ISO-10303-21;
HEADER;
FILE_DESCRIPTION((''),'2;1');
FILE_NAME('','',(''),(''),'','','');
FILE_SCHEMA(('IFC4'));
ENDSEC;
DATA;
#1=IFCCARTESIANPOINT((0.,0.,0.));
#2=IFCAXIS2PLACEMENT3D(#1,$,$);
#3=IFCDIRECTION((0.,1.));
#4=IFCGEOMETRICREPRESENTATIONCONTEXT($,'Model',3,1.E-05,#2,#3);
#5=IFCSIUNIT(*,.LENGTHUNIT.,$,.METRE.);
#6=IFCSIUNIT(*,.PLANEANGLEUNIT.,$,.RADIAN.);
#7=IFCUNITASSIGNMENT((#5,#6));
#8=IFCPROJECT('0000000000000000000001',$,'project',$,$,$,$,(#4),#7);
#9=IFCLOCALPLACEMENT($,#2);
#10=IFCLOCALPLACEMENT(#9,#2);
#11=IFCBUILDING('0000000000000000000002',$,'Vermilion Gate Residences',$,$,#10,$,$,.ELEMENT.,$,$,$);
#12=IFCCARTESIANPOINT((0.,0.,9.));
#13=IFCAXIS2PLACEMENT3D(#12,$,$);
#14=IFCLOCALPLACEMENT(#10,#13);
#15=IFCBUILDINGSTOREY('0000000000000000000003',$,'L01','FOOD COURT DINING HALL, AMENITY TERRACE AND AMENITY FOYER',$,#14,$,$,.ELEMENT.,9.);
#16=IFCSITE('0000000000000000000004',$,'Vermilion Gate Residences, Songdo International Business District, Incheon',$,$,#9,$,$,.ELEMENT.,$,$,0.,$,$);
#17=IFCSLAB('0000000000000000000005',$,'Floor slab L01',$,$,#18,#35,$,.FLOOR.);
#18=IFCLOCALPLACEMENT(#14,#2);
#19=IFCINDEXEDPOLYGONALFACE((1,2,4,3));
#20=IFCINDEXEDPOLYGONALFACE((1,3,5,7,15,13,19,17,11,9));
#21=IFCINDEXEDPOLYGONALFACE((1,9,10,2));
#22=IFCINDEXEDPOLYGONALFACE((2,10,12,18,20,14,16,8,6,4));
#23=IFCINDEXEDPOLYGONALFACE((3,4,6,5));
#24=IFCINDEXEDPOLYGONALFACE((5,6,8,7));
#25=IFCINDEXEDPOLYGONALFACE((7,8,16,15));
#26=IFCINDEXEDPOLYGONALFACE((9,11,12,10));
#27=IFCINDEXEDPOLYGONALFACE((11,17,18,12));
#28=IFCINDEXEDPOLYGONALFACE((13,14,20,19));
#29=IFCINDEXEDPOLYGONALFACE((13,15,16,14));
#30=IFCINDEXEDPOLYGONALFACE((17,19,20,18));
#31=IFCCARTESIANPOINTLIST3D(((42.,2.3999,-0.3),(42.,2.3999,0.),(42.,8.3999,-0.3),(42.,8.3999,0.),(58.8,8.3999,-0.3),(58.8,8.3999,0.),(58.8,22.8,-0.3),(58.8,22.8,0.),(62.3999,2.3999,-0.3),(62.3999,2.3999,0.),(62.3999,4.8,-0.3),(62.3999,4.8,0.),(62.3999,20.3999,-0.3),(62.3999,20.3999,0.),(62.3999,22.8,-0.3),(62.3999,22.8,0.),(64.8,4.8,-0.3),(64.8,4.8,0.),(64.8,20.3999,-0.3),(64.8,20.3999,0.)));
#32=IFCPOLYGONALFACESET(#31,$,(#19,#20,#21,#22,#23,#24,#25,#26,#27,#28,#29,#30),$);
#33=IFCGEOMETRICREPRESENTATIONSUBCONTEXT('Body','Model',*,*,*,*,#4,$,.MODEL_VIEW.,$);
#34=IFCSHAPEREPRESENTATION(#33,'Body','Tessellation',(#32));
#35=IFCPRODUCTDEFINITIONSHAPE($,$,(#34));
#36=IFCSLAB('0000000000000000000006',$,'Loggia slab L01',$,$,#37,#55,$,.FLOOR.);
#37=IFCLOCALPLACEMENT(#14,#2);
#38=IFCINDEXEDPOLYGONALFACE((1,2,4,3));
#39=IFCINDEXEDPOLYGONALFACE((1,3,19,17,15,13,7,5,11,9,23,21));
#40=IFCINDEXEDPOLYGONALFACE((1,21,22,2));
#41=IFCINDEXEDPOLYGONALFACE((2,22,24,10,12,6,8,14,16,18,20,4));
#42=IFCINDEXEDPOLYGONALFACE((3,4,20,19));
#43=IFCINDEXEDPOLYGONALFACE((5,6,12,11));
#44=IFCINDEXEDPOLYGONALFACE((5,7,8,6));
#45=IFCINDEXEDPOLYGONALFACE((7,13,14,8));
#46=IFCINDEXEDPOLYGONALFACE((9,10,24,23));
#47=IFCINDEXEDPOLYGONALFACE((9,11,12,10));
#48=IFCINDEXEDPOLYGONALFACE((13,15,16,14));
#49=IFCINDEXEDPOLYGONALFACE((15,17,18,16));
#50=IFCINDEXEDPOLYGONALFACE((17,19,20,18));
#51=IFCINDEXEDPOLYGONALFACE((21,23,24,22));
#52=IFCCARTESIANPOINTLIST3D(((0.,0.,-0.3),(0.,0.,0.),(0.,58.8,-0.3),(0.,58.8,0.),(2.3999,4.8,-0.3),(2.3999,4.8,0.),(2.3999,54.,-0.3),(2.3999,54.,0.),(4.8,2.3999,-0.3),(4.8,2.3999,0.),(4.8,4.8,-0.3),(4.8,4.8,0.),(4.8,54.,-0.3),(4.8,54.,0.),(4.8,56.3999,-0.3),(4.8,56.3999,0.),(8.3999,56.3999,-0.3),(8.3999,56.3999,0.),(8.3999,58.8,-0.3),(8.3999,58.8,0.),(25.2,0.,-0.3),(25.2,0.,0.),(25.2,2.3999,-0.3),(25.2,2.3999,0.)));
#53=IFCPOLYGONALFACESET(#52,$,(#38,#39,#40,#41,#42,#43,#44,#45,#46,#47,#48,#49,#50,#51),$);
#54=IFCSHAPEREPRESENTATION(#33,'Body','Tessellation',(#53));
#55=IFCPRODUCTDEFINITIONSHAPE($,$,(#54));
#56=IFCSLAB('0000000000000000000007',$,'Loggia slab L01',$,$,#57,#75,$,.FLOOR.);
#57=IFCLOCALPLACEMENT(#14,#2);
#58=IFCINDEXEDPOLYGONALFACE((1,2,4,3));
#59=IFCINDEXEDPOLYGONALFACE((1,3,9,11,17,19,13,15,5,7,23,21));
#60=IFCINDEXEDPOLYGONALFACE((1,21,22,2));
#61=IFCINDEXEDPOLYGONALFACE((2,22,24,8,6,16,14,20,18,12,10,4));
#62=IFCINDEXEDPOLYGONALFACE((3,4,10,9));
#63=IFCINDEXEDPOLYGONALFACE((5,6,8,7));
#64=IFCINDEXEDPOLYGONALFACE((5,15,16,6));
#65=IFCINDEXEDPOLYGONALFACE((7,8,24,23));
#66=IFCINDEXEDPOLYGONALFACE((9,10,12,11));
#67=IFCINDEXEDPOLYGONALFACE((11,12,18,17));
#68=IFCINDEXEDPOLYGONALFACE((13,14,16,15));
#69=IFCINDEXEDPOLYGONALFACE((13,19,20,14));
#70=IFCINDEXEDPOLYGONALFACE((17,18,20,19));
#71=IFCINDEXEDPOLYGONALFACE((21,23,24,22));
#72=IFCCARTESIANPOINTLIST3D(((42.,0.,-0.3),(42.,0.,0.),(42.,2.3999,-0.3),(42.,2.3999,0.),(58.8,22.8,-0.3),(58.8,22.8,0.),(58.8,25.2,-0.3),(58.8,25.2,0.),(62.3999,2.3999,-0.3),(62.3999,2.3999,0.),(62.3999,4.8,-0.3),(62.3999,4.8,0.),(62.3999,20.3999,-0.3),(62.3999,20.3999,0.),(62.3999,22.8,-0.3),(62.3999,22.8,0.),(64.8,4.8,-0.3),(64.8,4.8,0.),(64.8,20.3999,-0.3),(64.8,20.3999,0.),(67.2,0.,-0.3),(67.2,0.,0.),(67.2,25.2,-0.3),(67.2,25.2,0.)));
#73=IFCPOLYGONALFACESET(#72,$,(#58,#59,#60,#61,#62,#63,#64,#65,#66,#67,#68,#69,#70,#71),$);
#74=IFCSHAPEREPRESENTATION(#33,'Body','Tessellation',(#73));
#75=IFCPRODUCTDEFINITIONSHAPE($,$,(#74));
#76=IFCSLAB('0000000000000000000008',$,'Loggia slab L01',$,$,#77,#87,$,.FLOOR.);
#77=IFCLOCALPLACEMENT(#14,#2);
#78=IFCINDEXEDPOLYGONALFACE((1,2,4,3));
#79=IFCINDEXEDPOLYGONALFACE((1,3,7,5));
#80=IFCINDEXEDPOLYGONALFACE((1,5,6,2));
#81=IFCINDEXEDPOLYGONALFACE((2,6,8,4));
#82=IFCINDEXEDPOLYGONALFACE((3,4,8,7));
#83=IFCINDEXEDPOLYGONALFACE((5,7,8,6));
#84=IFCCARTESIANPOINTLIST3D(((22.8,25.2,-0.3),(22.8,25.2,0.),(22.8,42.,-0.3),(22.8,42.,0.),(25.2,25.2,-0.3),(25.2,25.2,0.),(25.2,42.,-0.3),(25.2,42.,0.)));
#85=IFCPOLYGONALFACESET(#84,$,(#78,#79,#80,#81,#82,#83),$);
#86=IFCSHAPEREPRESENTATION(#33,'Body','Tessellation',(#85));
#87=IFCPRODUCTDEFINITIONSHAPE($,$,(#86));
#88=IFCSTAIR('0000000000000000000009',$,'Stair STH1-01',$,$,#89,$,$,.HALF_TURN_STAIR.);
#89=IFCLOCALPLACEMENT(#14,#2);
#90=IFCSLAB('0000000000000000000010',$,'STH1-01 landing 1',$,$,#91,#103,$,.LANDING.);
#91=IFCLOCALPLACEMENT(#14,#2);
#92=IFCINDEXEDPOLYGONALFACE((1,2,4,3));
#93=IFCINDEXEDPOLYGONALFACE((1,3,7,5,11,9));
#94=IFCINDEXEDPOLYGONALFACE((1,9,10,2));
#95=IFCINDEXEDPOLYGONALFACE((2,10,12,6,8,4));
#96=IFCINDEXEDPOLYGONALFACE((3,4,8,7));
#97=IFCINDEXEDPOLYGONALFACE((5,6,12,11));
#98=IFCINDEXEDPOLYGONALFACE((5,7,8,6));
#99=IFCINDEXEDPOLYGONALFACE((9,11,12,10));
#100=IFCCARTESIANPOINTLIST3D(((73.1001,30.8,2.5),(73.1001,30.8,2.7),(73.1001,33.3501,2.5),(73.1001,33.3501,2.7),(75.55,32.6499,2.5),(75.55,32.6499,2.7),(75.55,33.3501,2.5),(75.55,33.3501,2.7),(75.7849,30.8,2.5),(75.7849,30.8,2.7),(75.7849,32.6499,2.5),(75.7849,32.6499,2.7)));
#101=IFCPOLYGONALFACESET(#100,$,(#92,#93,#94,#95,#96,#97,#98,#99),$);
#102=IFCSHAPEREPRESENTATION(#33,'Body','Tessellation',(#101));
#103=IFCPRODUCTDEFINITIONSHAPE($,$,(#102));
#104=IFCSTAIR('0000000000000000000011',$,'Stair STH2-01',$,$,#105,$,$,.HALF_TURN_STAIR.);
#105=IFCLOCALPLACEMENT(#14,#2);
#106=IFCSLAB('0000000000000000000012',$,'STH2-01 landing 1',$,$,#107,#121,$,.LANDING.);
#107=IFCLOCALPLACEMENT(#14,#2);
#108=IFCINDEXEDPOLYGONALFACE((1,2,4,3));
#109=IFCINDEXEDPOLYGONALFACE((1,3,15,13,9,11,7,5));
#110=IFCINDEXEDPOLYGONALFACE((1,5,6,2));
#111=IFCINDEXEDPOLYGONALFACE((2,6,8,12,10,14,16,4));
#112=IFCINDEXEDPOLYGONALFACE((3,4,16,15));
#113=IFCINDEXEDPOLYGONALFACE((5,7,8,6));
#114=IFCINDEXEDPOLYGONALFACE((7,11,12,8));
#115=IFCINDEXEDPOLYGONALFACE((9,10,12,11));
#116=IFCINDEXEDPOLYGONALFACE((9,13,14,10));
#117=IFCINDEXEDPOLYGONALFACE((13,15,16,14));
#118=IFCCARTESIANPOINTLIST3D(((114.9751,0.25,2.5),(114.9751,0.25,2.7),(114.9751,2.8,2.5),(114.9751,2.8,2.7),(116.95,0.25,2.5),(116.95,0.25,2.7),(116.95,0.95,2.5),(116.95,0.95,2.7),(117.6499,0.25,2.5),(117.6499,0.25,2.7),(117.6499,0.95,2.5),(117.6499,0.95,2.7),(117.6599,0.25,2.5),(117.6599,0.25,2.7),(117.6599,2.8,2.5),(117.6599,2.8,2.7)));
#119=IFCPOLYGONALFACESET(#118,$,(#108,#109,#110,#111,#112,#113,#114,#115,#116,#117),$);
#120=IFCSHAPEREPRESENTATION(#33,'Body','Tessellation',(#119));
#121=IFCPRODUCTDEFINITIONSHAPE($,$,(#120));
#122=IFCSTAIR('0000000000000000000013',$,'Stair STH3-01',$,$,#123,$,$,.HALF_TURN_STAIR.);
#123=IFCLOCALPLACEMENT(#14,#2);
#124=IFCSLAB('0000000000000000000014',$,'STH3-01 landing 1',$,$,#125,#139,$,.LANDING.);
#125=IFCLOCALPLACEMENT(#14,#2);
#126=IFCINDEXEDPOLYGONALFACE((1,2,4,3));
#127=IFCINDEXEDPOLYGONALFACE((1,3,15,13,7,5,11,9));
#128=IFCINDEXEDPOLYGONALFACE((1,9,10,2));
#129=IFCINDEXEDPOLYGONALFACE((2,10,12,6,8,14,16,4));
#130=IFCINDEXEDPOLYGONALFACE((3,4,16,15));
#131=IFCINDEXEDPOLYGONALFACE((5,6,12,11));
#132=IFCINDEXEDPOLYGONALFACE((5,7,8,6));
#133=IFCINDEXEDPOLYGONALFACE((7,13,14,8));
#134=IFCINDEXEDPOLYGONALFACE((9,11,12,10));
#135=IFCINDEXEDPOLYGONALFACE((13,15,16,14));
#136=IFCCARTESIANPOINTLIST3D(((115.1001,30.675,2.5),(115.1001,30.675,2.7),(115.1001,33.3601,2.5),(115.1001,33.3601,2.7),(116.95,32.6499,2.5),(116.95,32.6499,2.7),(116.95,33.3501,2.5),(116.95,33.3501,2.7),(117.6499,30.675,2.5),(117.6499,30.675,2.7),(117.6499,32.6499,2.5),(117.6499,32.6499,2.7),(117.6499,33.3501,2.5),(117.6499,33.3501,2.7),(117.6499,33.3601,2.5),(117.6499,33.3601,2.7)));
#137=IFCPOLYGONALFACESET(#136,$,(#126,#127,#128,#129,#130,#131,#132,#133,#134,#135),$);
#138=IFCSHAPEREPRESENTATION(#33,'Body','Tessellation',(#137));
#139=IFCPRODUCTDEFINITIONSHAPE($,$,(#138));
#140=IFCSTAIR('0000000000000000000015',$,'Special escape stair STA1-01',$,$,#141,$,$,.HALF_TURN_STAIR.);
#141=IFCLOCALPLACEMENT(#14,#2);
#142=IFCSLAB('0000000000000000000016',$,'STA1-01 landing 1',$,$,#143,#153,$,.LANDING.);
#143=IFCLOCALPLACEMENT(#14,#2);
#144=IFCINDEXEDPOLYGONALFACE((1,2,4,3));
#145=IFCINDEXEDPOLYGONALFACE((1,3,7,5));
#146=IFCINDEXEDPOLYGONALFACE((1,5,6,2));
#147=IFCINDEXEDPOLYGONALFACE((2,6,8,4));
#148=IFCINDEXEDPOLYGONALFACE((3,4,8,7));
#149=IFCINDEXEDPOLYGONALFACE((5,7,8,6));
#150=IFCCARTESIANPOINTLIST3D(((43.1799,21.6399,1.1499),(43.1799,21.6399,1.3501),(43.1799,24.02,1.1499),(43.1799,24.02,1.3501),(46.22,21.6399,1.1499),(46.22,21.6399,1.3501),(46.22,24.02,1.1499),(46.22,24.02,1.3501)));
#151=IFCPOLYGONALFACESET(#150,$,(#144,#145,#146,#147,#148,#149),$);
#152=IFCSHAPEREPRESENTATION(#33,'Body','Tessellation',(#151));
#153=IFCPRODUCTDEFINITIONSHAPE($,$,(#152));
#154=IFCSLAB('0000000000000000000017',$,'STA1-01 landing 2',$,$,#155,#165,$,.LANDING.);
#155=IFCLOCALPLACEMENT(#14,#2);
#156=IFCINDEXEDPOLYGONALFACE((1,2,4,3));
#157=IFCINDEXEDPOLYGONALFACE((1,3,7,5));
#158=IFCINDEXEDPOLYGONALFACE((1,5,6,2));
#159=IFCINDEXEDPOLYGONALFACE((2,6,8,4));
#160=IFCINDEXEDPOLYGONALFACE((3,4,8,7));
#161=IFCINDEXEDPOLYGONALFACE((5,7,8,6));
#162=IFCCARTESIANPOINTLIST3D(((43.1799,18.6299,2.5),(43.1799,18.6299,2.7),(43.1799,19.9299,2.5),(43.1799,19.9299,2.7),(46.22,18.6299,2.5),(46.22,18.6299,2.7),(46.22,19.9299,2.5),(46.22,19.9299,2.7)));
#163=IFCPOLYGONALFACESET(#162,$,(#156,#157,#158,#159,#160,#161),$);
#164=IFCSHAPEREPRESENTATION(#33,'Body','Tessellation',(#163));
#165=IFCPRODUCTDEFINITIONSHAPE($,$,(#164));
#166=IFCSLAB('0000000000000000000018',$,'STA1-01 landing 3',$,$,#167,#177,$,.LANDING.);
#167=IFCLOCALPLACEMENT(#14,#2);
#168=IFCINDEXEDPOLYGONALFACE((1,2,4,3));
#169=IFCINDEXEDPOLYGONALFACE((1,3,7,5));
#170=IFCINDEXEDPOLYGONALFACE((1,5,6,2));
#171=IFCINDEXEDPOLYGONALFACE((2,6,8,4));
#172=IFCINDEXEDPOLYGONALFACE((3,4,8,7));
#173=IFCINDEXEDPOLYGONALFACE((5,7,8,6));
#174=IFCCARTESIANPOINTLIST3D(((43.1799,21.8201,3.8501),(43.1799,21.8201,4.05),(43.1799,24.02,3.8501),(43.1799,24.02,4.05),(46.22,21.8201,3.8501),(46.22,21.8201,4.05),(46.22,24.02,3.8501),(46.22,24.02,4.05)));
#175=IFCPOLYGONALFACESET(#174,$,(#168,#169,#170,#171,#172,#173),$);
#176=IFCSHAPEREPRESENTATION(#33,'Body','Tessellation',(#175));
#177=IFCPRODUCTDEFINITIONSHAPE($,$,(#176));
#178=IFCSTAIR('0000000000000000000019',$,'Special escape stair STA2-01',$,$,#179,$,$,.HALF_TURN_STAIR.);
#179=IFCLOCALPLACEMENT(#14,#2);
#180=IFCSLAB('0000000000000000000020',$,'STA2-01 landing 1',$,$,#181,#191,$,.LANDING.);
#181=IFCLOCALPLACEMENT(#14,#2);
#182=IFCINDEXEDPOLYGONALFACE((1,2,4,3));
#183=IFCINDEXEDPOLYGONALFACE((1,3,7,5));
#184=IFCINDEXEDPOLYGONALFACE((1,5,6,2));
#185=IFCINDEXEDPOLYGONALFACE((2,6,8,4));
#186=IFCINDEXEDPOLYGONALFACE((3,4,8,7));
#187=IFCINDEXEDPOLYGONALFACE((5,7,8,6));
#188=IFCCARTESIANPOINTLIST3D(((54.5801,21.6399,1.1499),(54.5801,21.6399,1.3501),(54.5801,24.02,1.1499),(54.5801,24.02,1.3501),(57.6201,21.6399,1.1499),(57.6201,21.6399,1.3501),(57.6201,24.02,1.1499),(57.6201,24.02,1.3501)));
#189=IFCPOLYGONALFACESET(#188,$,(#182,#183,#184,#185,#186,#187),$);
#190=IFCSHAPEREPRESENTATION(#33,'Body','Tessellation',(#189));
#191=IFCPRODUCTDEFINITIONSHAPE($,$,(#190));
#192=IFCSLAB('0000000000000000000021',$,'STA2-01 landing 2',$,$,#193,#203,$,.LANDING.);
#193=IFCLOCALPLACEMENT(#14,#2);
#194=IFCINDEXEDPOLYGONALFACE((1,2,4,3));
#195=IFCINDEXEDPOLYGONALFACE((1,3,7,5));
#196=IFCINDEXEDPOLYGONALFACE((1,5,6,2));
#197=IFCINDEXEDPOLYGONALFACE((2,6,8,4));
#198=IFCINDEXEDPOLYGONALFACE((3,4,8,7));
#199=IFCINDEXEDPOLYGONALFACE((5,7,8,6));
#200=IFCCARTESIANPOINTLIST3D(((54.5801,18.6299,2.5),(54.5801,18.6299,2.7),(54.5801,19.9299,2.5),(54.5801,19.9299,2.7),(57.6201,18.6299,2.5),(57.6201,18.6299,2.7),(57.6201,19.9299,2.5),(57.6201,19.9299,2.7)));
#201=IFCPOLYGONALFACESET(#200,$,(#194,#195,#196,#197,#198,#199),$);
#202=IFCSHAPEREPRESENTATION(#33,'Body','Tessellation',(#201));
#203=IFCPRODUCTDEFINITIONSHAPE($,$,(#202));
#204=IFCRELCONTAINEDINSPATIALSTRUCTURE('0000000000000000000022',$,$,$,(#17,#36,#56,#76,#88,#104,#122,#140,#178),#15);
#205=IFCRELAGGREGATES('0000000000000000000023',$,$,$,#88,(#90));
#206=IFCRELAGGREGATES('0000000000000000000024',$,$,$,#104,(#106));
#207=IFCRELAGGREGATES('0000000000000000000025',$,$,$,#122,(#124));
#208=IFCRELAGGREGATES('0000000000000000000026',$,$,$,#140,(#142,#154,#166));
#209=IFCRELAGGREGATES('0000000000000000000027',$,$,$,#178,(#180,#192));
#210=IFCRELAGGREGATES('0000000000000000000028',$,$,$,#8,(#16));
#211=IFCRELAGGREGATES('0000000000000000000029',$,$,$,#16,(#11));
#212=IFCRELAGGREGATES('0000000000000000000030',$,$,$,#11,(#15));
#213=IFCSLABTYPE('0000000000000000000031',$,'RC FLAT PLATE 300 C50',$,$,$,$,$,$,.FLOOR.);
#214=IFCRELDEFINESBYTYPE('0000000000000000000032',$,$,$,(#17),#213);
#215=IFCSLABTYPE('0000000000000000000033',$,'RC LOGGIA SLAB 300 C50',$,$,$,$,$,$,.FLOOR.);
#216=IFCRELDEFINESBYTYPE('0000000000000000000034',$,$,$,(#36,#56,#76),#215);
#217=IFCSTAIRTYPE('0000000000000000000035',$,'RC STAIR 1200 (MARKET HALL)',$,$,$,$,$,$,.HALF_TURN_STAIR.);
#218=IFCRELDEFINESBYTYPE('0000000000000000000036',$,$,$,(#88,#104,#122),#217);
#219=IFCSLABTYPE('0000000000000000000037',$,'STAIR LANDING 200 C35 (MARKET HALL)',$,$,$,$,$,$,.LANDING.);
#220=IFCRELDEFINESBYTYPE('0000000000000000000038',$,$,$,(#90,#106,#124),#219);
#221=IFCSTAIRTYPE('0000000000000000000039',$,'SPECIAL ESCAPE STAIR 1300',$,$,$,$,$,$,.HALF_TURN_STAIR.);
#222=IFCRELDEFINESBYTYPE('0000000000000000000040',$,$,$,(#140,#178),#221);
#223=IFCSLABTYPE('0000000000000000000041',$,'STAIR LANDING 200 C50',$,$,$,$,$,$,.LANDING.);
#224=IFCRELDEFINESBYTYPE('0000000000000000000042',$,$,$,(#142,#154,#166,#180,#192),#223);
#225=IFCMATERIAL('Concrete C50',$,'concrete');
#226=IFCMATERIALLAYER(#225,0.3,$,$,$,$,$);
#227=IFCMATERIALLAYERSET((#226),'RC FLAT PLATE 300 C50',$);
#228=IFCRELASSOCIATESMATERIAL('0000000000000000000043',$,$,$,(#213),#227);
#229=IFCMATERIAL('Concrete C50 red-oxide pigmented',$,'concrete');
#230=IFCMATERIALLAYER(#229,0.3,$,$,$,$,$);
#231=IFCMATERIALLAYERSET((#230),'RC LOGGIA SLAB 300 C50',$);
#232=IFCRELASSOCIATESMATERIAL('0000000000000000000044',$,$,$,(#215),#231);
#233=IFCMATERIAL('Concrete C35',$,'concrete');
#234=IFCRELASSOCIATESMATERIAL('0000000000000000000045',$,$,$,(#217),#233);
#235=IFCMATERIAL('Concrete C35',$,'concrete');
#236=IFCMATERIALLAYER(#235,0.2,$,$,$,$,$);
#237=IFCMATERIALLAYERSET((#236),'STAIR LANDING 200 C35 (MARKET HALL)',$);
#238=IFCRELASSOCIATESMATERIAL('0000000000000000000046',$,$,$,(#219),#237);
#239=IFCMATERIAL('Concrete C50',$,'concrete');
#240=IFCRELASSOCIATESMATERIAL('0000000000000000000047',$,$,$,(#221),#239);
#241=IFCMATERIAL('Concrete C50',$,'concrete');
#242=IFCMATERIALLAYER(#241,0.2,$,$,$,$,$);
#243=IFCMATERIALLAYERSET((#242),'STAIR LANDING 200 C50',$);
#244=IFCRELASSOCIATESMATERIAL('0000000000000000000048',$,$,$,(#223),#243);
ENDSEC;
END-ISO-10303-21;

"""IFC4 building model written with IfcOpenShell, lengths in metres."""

from ifc_helpers import new_model, si_unit, direction, frame, origin, place, context, subcontext, project, spatial, polyline, outline, extrude, material, layer, layer_set, type_object, element, aggregate, save


model = new_model("IFC4")

# Units and contexts
model_context = context("Model", 3, precision=1e-05, world=origin(), true_north=direction((0.0, 1.0)))
body_context = subcontext(model_context, "Body", "Model", "MODEL_VIEW")
ifc_project = project(units=[si_unit("LENGTHUNIT", "METRE"), si_unit("PLANEANGLEUNIT", "RADIAN")], contexts=[model_context])

# Site, building, storey
site_placement = place(None, origin())
site = spatial("IfcSite", under=ifc_project, at=site_placement, Name="Vermilion Gate Residences, Songdo International Business District, Incheon", CompositionType="ELEMENT", RefElevation=0.0)
building_placement = place(site_placement, origin())
building = spatial("IfcBuilding", under=site, at=building_placement, Name="Vermilion Gate Residences", CompositionType="ELEMENT")
storey_placement = place(building_placement, frame((0.0, 0.0, 9.0)))
storey = spatial("IfcBuildingStorey", under=building, at=storey_placement, Name="L01", Description="FOOD COURT DINING HALL, AMENITY TERRACE AND AMENITY FOYER", CompositionType="ELEMENT", Elevation=9.0)

# Slabs
ifc_material_1 = material(Name="Concrete C50", Category="concrete")
ifc_layer_1 = layer(ifc_material_1, 0.3)
ifc_layer_set_1 = layer_set([ifc_layer_1], Name="RC FLAT PLATE 300 C50")
slab_type_1 = type_object("IfcSlabType", Name="RC FLAT PLATE 300 C50", PredefinedType="FLOOR", material=ifc_layer_set_1)
slab_1_placement = place(storey_placement, frame((0.0, 0.0, -0.3)))
element("IfcSlab", 1, at=slab_1_placement, inside=storey, type_object=slab_type_1, Name="Floor slab L01", PredefinedType="FLOOR", context=body_context, shape_type="SweptSolid", body=[
    extrude(outline(polyline([(58.8, 22.8), (58.8, 8.3999), (42.0, 8.3999), (42.0, 2.3999), (62.3999, 2.3999), (62.3999, 4.8), (64.8, 4.8), (64.8, 20.3999), (62.3999, 20.3999), (62.3999, 22.8), (58.8, 22.8)])), origin(), (0.0, 0.0, 1.0), 0.3),
])
ifc_material_2 = material(Name="Concrete C50 red-oxide pigmented", Category="concrete")
ifc_layer_2 = layer(ifc_material_2, 0.3)
ifc_layer_set_2 = layer_set([ifc_layer_2], Name="RC LOGGIA SLAB 300 C50")
slab_type_2 = type_object("IfcSlabType", Name="RC LOGGIA SLAB 300 C50", PredefinedType="FLOOR", material=ifc_layer_set_2)
slab_2_placement = place(storey_placement, frame((0.0, 0.0, -0.3)))
element("IfcSlab", 2, at=slab_2_placement, inside=storey, type_object=slab_type_2, Name="Loggia slab L01", PredefinedType="FLOOR", context=body_context, shape_type="SweptSolid", body=[
    extrude(outline(polyline([(0.0, 0.0), (25.2, 0.0), (25.2, 2.3999), (4.8, 2.3999), (4.8, 4.8), (2.3999, 4.8), (2.3999, 54.0), (4.8, 54.0), (4.8, 56.3999), (8.3999, 56.3999), (8.3999, 58.8), (0.0, 58.8), (0.0, 0.0)])), origin(), (0.0, 0.0, 1.0), 0.3),
])
slab_3_placement = place(storey_placement, frame((0.0, 0.0, -0.3)))
element("IfcSlab", 3, at=slab_3_placement, inside=storey, type_object=slab_type_2, Name="Loggia slab L01", PredefinedType="FLOOR", context=body_context, shape_type="SweptSolid", body=[
    extrude(outline(polyline([(64.8, 4.8), (62.3999, 4.8), (62.3999, 2.3999), (42.0, 2.3999), (42.0, 0.0), (67.2, 0.0), (67.2, 25.2), (58.8, 25.2), (58.8, 22.8), (62.3999, 22.8), (62.3999, 20.3999), (64.8, 20.3999), (64.8, 4.8)])), origin(), (0.0, 0.0, 1.0), 0.3),
])
slab_4_placement = place(storey_placement, frame((0.0, 0.0, -0.3)))
element("IfcSlab", 4, at=slab_4_placement, inside=storey, type_object=slab_type_2, Name="Loggia slab L01", PredefinedType="FLOOR", context=body_context, shape_type="SweptSolid", body=[
    extrude(outline(polyline([(25.2, 25.2), (25.2, 42.0), (22.8, 42.0), (22.8, 25.2), (25.2, 25.2)])), origin(), (0.0, 0.0, 1.0), 0.3),
])

# Stairs, slabs
ifc_material_3 = material(Name="Concrete C35", Category="concrete")
stair_type_1 = type_object("IfcStairType", Name="RC STAIR 1200 (MARKET HALL)", PredefinedType="HALF_TURN_STAIR", material=ifc_material_3)
stair_1_placement = place(storey_placement, origin())
stair_1 = element("IfcStair", 5, at=stair_1_placement, inside=storey, type_object=stair_type_1, Name="Stair STH1-01", PredefinedType="HALF_TURN_STAIR")
ifc_material_4 = material(Name="Concrete C35", Category="concrete")
ifc_layer_3 = layer(ifc_material_4, 0.2)
ifc_layer_set_3 = layer_set([ifc_layer_3], Name="STAIR LANDING 200 C35 (MARKET HALL)")
slab_type_3 = type_object("IfcSlabType", Name="STAIR LANDING 200 C35 (MARKET HALL)", PredefinedType="LANDING", material=ifc_layer_set_3)
slab_5_placement = place(storey_placement, frame((0.0, 0.0, 2.5)))
slab_5 = element("IfcSlab", 6, at=slab_5_placement, type_object=slab_type_3, Name="STH1-01 landing 1", PredefinedType="LANDING", context=body_context, shape_type="SweptSolid", body=[
    extrude(outline(polyline([(75.55, 33.3501), (73.1001, 33.3501), (73.1001, 30.8), (75.7849, 30.8), (75.7849, 32.6499), (75.55, 32.6499), (75.55, 33.3501)])), origin(), (0.0, 0.0, 1.0), 0.2),
])
aggregate(stair_1, [slab_5])
stair_2_placement = place(storey_placement, origin())
stair_2 = element("IfcStair", 7, at=stair_2_placement, inside=storey, type_object=stair_type_1, Name="Stair STH2-01", PredefinedType="HALF_TURN_STAIR")
slab_6_placement = place(storey_placement, frame((0.0, 0.0, 2.5)))
slab_6 = element("IfcSlab", 8, at=slab_6_placement, type_object=slab_type_3, Name="STH2-01 landing 1", PredefinedType="LANDING", context=body_context, shape_type="SweptSolid", body=[
    extrude(outline(polyline([(116.95, 0.95), (117.6499, 0.95), (117.6499, 0.25), (117.6599, 0.25), (117.6599, 2.8), (114.9751, 2.8), (114.9751, 0.25), (116.95, 0.25), (116.95, 0.95)])), origin(), (0.0, 0.0, 1.0), 0.2),
])
aggregate(stair_2, [slab_6])
stair_3_placement = place(storey_placement, origin())
stair_3 = element("IfcStair", 9, at=stair_3_placement, inside=storey, type_object=stair_type_1, Name="Stair STH3-01", PredefinedType="HALF_TURN_STAIR")
slab_7_placement = place(storey_placement, frame((0.0, 0.0, 2.5)))
slab_7 = element("IfcSlab", 10, at=slab_7_placement, type_object=slab_type_3, Name="STH3-01 landing 1", PredefinedType="LANDING", context=body_context, shape_type="SweptSolid", body=[
    extrude(outline(polyline([(117.6499, 33.3601), (115.1001, 33.3601), (115.1001, 30.675), (117.6499, 30.675), (117.6499, 32.6499), (116.95, 32.6499), (116.95, 33.3501), (117.6499, 33.3501), (117.6499, 33.3601)])), origin(), (0.0, 0.0, 1.0), 0.2),
])
aggregate(stair_3, [slab_7])

# Stairs, slabs
ifc_material_5 = material(Name="Concrete C50", Category="concrete")
stair_type_2 = type_object("IfcStairType", Name="SPECIAL ESCAPE STAIR 1300", PredefinedType="HALF_TURN_STAIR", material=ifc_material_5)
stair_4_placement = place(storey_placement, origin())
stair_4 = element("IfcStair", 11, at=stair_4_placement, inside=storey, type_object=stair_type_2, Name="Special escape stair STA1-01", PredefinedType="HALF_TURN_STAIR")
ifc_material_6 = material(Name="Concrete C50", Category="concrete")
ifc_layer_4 = layer(ifc_material_6, 0.2)
ifc_layer_set_4 = layer_set([ifc_layer_4], Name="STAIR LANDING 200 C50")
slab_type_4 = type_object("IfcSlabType", Name="STAIR LANDING 200 C50", PredefinedType="LANDING", material=ifc_layer_set_4)
slab_8_placement = place(storey_placement, frame((0.0, 0.0, 1.1499)))
slab_8 = element("IfcSlab", 12, at=slab_8_placement, type_object=slab_type_4, Name="STA1-01 landing 1", PredefinedType="LANDING", context=body_context, shape_type="SweptSolid", body=[
    extrude(outline(polyline([(46.22, 21.6399), (46.22, 24.02), (43.1799, 24.02), (43.1799, 21.6399), (46.22, 21.6399)])), origin(), (0.0, 0.0, 1.0), 0.2002),
])
slab_9_placement = place(storey_placement, frame((0.0, 0.0, 2.5)))
slab_9 = element("IfcSlab", 13, at=slab_9_placement, type_object=slab_type_4, Name="STA1-01 landing 2", PredefinedType="LANDING", context=body_context, shape_type="SweptSolid", body=[
    extrude(outline(polyline([(46.22, 18.6299), (46.22, 19.9299), (43.1799, 19.9299), (43.1799, 18.6299), (46.22, 18.6299)])), origin(), (0.0, 0.0, 1.0), 0.2),
])
slab_10_placement = place(storey_placement, frame((0.0, 0.0, 3.8501)))
slab_10 = element("IfcSlab", 14, at=slab_10_placement, type_object=slab_type_4, Name="STA1-01 landing 3", PredefinedType="LANDING", context=body_context, shape_type="SweptSolid", body=[
    extrude(outline(polyline([(46.22, 21.8201), (46.22, 24.02), (43.1799, 24.02), (43.1799, 21.8201), (46.22, 21.8201)])), origin(), (0.0, 0.0, 1.0), 0.2),
])
aggregate(stair_4, [slab_8, slab_9, slab_10])
stair_5_placement = place(storey_placement, origin())
stair_5 = element("IfcStair", 15, at=stair_5_placement, inside=storey, type_object=stair_type_2, Name="Special escape stair STA2-01", PredefinedType="HALF_TURN_STAIR")
slab_11_placement = place(storey_placement, frame((0.0, 0.0, 1.1499)))
slab_11 = element("IfcSlab", 16, at=slab_11_placement, type_object=slab_type_4, Name="STA2-01 landing 1", PredefinedType="LANDING", context=body_context, shape_type="SweptSolid", body=[
    extrude(outline(polyline([(57.6201, 21.6399), (57.6201, 24.02), (54.5801, 24.02), (54.5801, 21.6399), (57.6201, 21.6399)])), origin(), (0.0, 0.0, 1.0), 0.2002),
])
slab_12_placement = place(storey_placement, frame((0.0, 0.0, 2.5)))
slab_12 = element("IfcSlab", 17, at=slab_12_placement, type_object=slab_type_4, Name="STA2-01 landing 2", PredefinedType="LANDING", context=body_context, shape_type="SweptSolid", body=[
    extrude(outline(polyline([(57.6201, 18.6299), (57.6201, 19.9299), (54.5801, 19.9299), (54.5801, 18.6299), (57.6201, 18.6299)])), origin(), (0.0, 0.0, 1.0), 0.2),
])
aggregate(stair_5, [slab_11, slab_12])

save(model, "model.ifc")
